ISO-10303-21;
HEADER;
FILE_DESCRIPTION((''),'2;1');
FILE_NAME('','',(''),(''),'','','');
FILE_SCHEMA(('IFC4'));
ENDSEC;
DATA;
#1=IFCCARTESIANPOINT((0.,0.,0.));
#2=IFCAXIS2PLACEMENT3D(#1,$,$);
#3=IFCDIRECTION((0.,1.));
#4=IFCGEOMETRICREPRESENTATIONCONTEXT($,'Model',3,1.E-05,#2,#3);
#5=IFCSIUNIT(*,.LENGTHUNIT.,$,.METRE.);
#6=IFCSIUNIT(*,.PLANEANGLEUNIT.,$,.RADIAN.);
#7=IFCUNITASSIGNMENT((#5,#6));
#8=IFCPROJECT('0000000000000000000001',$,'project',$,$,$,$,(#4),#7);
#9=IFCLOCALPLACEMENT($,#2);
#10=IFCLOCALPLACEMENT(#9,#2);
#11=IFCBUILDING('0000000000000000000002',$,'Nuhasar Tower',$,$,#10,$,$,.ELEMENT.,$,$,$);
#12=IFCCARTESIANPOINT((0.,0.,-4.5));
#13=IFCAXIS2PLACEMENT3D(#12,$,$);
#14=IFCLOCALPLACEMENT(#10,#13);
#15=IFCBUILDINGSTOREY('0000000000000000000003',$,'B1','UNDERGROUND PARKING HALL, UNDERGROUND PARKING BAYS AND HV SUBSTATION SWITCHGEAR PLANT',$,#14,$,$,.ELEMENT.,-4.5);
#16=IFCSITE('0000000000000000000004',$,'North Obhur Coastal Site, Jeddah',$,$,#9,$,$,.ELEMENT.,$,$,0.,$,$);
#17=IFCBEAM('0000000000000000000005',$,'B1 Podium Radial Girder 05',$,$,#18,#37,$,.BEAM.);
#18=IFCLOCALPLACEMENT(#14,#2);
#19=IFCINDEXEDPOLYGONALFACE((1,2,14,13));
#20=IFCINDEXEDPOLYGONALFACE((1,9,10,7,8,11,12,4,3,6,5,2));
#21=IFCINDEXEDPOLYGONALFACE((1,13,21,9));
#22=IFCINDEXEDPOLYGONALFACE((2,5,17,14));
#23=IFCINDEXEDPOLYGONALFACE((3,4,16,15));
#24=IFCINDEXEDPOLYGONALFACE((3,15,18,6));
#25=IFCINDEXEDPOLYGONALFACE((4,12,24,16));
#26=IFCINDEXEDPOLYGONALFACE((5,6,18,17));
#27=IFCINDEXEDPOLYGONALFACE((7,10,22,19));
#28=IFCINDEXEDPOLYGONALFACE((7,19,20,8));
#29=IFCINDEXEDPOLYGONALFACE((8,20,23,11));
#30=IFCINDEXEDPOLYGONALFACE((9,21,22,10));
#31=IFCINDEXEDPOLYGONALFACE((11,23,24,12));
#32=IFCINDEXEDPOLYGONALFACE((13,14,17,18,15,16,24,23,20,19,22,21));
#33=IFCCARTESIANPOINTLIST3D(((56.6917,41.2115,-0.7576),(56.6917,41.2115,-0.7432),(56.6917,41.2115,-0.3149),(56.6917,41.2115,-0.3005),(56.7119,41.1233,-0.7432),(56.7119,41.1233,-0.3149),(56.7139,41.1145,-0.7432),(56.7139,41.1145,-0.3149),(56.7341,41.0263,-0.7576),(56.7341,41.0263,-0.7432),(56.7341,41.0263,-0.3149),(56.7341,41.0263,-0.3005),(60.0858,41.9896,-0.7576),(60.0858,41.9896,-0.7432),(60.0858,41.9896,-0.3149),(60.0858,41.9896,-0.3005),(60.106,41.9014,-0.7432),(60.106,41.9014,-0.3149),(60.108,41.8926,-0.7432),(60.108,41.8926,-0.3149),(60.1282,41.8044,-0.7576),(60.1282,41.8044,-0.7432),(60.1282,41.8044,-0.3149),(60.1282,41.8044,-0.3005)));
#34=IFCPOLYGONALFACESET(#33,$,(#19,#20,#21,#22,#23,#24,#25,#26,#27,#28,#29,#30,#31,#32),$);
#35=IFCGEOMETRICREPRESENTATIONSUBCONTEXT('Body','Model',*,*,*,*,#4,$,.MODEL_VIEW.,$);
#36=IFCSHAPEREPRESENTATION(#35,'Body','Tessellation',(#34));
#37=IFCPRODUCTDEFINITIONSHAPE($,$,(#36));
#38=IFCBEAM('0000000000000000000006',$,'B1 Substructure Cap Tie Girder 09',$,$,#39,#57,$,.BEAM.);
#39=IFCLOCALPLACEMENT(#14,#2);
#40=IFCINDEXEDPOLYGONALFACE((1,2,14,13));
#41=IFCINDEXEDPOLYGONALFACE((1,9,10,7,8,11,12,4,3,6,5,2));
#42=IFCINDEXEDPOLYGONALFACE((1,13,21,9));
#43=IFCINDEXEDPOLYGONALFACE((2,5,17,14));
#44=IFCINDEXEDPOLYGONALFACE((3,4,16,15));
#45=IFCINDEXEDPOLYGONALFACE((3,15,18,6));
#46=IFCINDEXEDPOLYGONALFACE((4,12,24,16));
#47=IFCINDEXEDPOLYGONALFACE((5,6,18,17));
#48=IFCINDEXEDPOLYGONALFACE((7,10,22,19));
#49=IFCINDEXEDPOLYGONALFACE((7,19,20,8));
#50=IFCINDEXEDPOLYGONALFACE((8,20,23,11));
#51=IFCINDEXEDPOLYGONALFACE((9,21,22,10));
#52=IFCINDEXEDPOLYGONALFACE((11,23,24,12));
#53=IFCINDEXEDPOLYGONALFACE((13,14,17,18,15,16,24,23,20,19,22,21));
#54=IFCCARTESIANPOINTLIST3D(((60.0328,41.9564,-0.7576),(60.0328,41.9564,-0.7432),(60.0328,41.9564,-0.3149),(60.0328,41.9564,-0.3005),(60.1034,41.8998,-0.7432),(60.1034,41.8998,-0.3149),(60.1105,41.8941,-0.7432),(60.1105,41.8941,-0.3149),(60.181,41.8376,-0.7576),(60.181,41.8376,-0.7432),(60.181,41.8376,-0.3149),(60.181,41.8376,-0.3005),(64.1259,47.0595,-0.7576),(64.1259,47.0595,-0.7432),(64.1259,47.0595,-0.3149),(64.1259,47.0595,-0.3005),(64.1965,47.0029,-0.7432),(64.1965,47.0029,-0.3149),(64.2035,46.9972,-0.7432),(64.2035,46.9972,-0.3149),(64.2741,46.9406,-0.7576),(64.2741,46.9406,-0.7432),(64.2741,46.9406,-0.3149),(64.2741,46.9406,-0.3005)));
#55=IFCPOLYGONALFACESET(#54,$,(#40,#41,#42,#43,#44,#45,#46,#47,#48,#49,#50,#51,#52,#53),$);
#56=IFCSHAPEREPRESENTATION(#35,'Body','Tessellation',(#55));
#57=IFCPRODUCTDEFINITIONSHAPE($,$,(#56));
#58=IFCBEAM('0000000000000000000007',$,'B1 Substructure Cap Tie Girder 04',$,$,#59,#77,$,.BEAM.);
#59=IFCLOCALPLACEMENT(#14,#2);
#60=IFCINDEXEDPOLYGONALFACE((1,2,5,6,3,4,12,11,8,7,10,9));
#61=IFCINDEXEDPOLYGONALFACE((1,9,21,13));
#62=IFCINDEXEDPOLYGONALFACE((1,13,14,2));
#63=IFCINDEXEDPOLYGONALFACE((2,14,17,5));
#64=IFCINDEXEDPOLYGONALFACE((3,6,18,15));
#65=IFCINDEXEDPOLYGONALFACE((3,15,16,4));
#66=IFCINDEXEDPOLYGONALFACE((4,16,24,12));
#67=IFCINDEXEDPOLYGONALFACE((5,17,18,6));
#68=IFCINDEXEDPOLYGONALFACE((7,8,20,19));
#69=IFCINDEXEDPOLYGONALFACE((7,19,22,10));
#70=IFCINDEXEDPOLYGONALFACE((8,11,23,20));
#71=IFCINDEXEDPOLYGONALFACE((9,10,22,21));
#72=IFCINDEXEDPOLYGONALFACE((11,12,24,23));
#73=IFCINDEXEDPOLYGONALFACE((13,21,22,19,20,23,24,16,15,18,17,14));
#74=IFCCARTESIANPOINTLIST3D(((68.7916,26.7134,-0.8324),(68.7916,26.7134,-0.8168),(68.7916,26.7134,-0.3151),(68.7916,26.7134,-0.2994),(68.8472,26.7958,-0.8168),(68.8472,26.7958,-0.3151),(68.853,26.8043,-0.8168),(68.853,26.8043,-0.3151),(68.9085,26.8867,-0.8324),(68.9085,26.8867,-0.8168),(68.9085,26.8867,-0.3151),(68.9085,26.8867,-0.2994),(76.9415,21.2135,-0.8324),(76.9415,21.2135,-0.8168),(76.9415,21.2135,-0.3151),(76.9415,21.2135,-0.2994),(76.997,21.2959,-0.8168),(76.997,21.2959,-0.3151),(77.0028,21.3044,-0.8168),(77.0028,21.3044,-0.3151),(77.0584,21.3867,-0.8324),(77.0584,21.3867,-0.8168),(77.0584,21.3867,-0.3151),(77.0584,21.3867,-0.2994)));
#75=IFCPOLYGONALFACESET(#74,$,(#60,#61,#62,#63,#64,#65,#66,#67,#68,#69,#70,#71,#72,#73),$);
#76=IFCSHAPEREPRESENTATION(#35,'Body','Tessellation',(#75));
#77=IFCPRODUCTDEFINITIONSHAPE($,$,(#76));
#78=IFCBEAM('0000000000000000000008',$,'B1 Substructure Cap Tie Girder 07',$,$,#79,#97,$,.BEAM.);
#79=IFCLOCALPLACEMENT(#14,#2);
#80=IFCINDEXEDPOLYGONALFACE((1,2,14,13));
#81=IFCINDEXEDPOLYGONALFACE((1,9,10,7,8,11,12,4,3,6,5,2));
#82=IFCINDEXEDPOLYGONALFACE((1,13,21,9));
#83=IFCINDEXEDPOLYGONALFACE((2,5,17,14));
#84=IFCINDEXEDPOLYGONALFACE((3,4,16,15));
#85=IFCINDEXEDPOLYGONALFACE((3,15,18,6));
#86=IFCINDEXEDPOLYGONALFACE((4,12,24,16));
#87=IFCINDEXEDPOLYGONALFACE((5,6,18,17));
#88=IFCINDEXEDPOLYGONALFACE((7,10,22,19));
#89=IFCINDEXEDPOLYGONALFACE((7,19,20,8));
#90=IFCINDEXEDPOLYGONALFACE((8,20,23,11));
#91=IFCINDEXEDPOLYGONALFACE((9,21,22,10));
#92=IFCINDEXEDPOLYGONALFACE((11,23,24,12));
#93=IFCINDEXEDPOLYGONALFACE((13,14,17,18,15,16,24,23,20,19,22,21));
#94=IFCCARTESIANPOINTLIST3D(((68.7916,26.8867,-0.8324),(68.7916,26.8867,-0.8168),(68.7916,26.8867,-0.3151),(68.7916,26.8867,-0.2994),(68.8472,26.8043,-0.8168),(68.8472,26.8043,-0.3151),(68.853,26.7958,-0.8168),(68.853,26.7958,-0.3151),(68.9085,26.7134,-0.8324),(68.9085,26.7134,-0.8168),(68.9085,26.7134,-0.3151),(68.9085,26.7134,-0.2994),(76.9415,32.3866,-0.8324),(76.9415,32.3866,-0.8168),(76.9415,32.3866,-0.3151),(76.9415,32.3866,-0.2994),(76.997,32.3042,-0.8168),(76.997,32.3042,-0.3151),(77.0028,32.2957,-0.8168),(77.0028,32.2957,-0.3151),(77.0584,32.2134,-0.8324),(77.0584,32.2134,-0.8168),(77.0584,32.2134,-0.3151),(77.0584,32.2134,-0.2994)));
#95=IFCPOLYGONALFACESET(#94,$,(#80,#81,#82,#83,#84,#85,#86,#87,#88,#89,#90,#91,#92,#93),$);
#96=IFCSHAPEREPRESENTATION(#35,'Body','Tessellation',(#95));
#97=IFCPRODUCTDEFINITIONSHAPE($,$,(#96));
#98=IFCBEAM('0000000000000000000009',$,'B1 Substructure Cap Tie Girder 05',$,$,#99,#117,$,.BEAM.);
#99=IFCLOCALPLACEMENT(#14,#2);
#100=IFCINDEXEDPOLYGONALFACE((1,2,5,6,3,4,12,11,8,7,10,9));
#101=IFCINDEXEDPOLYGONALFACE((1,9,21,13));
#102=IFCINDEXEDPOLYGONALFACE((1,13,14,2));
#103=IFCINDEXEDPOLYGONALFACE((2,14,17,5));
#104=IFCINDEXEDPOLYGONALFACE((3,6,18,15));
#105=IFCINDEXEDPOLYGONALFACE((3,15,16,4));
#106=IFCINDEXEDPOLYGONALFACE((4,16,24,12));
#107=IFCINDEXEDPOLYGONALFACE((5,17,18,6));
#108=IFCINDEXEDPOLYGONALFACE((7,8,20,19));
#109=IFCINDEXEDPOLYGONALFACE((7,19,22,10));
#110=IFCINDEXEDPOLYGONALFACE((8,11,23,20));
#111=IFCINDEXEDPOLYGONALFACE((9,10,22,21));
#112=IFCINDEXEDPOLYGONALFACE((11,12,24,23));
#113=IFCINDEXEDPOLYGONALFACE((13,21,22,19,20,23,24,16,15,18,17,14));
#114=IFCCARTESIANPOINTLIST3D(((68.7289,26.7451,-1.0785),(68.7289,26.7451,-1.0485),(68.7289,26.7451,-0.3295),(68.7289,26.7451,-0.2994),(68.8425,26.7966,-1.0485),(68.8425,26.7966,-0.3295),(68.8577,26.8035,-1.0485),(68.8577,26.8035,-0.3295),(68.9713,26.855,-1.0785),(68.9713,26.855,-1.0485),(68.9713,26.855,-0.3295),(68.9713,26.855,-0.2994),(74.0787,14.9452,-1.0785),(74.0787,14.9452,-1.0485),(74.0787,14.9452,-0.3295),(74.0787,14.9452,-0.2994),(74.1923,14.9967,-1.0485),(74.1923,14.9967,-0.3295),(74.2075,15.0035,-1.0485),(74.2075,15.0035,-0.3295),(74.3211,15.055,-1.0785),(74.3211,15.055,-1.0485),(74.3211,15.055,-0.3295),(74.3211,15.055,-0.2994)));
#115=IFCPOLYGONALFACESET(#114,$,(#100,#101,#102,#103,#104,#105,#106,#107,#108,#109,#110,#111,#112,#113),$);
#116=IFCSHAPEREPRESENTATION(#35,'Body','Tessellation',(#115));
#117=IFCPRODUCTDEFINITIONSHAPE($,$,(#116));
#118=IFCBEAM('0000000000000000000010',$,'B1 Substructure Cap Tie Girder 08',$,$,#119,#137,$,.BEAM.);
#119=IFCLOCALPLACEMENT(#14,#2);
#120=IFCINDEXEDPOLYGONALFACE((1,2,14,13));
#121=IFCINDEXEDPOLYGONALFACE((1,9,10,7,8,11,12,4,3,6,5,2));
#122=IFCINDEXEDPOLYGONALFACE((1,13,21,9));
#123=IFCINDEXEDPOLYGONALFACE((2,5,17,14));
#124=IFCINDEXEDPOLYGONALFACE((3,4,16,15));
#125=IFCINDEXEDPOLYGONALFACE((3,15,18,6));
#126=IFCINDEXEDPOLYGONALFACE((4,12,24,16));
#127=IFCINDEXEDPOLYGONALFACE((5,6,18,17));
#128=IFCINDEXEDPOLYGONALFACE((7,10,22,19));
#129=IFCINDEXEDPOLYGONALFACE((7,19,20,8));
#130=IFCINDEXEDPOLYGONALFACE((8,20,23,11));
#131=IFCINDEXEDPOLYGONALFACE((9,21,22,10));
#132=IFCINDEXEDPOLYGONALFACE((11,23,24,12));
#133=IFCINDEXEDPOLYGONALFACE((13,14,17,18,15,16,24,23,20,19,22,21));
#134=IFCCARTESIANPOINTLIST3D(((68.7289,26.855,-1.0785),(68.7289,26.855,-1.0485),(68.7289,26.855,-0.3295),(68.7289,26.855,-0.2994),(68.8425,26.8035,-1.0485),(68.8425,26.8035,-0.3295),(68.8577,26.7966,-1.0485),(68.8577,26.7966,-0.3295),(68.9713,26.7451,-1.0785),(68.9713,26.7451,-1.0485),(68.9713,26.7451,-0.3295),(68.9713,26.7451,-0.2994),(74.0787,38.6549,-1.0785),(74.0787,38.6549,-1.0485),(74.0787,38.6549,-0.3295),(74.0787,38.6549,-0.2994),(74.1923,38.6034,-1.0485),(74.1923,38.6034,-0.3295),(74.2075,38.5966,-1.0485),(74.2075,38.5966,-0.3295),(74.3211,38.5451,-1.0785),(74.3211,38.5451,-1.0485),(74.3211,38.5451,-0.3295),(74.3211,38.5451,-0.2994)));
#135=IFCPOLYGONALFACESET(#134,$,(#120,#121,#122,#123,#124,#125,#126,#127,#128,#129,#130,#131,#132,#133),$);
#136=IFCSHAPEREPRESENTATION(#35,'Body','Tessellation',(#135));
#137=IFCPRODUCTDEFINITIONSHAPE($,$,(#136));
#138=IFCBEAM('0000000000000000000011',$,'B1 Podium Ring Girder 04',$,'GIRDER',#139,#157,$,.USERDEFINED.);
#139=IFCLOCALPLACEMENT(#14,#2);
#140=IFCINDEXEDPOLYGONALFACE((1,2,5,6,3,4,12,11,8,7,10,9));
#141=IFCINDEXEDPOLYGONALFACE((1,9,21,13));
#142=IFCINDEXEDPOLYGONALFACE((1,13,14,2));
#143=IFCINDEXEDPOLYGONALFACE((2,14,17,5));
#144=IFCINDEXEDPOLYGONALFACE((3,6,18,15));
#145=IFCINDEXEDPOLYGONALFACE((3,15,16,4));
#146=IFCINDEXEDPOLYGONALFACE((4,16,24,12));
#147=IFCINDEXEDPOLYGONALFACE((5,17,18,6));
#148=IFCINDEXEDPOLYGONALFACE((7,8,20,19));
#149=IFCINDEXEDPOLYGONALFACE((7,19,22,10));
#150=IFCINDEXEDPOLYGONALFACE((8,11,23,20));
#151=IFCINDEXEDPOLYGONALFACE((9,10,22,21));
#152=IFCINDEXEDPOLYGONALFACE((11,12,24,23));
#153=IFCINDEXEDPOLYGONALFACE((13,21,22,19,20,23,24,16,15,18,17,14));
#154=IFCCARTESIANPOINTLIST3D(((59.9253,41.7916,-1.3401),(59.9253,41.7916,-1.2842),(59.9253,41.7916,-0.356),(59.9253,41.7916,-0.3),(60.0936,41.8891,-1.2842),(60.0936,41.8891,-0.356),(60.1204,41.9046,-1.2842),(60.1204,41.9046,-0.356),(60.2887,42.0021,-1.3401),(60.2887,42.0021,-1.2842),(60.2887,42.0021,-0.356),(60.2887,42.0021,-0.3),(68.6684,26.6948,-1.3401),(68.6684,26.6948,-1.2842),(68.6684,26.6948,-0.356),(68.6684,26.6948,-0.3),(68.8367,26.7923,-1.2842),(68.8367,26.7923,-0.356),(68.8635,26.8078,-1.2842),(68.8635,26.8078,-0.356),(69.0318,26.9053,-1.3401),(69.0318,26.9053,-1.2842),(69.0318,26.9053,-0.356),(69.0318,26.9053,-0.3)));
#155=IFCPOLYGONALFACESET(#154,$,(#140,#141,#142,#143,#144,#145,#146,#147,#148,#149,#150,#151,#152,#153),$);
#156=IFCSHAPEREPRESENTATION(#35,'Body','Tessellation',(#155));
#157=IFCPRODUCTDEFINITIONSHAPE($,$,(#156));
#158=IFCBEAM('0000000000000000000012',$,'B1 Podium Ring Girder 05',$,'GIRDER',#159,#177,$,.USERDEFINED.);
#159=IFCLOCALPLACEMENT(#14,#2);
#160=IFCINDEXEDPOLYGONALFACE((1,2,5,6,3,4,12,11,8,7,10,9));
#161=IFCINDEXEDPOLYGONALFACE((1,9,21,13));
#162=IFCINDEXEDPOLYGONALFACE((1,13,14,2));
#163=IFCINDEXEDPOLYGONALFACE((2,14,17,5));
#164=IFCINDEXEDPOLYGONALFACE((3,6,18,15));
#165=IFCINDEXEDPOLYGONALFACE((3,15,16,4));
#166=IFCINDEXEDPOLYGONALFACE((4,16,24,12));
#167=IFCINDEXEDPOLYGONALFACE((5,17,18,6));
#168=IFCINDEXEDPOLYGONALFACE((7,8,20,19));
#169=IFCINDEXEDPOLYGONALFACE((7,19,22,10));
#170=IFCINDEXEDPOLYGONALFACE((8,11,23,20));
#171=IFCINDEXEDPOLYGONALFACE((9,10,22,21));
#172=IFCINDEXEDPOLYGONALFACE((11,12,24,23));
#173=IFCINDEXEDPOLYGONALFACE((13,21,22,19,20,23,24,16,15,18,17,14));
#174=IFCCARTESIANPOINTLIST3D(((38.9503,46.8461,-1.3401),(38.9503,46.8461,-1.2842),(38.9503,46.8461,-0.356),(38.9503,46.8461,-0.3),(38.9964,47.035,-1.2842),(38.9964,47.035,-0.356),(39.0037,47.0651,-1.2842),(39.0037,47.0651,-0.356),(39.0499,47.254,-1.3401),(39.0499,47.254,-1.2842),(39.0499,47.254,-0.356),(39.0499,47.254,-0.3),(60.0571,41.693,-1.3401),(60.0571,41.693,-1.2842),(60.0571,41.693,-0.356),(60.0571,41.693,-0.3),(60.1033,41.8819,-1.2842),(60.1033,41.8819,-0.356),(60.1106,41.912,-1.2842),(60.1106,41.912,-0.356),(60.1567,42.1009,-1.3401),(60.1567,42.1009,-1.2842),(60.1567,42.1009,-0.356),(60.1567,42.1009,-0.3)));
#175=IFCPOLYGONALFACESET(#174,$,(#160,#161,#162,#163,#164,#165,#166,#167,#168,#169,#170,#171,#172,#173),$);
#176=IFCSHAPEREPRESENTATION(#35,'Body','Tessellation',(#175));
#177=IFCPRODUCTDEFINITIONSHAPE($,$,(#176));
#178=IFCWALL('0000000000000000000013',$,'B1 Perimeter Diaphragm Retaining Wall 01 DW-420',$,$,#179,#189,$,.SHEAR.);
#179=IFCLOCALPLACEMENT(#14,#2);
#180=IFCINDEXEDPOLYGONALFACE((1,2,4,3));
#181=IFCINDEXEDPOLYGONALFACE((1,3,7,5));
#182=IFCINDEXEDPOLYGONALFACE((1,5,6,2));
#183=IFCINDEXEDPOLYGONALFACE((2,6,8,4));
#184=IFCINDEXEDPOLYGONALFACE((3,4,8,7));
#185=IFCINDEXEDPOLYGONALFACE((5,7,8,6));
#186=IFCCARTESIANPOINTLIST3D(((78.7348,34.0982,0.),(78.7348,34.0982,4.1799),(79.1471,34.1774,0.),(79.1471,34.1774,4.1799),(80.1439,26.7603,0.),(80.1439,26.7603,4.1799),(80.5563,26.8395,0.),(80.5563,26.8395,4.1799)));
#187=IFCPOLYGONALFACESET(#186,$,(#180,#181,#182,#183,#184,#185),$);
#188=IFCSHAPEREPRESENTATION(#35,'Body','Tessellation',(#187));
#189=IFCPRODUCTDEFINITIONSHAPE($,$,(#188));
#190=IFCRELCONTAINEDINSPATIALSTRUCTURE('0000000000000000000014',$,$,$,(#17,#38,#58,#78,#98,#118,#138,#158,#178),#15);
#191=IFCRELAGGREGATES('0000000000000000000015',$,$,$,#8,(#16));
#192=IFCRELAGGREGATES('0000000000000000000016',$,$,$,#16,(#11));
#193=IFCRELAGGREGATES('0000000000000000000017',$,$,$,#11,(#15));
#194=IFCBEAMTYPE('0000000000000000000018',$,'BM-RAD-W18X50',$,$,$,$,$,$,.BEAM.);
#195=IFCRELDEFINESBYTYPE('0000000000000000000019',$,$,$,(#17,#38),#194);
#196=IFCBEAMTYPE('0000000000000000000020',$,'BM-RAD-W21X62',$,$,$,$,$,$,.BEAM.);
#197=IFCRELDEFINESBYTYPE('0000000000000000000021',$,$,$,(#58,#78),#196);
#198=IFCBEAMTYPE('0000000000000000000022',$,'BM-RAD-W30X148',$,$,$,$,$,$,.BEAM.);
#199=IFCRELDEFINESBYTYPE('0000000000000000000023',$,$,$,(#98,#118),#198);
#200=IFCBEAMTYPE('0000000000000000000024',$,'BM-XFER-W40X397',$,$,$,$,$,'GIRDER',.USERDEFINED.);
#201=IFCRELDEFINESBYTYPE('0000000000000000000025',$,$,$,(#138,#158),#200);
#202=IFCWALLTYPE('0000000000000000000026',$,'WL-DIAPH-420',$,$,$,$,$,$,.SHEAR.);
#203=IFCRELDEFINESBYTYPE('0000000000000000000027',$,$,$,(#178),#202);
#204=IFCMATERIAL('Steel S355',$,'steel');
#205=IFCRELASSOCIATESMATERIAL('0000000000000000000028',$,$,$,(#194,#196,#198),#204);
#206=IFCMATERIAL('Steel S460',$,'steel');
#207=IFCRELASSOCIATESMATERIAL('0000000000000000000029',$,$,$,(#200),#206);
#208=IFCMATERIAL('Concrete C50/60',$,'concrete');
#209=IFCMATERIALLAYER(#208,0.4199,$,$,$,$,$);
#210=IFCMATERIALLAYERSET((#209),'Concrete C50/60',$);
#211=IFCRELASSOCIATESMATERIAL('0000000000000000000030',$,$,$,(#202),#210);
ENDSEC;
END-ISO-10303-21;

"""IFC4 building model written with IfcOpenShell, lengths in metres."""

from ifc_helpers import new_model, si_unit, direction, frame, frame_2d, origin, origin_2d, place, context, subcontext, project, spatial, rectangle, i_section, extrude, material, layer, layer_set, material_profile, profile_set, type_object, element, save


model = new_model("IFC4")

# Units and contexts
model_context = context("Model", 3, precision=1e-05, world=origin(), true_north=direction((0.0, 1.0)))
body_context = subcontext(model_context, "Body", "Model", "MODEL_VIEW")
ifc_project = project(units=[si_unit("LENGTHUNIT", "METRE"), si_unit("PLANEANGLEUNIT", "RADIAN")], contexts=[model_context])

# Site, building, storey
site_placement = place(None, origin())
site = spatial("IfcSite", under=ifc_project, at=site_placement, Name="North Obhur Coastal Site, Jeddah", CompositionType="ELEMENT", RefElevation=0.0)
building_placement = place(site_placement, origin())
building = spatial("IfcBuilding", under=site, at=building_placement, Name="Nuhasar Tower", CompositionType="ELEMENT")
storey_placement = place(building_placement, frame((0.0, 0.0, -4.5)))
storey = spatial("IfcBuildingStorey", under=building, at=storey_placement, Name="B1", Description="UNDERGROUND PARKING HALL, UNDERGROUND PARKING BAYS AND HV SUBSTATION SWITCHGEAR PLANT", CompositionType="ELEMENT", Elevation=-4.5)

# Shared definitions
ifc_material_1 = material(Name="Concrete C50/60", Category="concrete")

# Beams
ifc_material_2 = material(Name="Steel S355", Category="steel")
ifc_material_profile_1 = material_profile(ifc_material_2, i_section(OverallWidth=0.1899, OverallDepth=0.457, WebThickness=0.009, FlangeThickness=0.0144, at=origin_2d()), Name="W18X50")
ifc_profile_set_1 = profile_set([ifc_material_profile_1], Name="Steel S355")
beam_type_1 = type_object("IfcBeamType", Name="BM-RAD-W18X50", PredefinedType="BEAM", material=ifc_profile_set_1)
beam_1_placement = place(storey_placement, frame((56.7129, 41.1189, -0.5291), z_axis=(0.974715, 0.223451, 0.0), x_axis=(-0.223451, 0.974715, 0.0)))
element("IfcBeam", 1, at=beam_1_placement, inside=storey, type_object=beam_type_1, Name="B1 Podium Radial Girder 05", PredefinedType="BEAM", context=body_context, shape_type="SweptSolid", body=[
    extrude(i_section(OverallWidth=0.1899, OverallDepth=0.457, WebThickness=0.009, FlangeThickness=0.0144, at=origin_2d()), origin(), (0.0, 0.0, 1.0), 3.4822),
])
beam_2_placement = place(storey_placement, frame((60.1069, 41.897, -0.5291), z_axis=(0.625682, 0.780078, 0.0), x_axis=(-0.780078, 0.625682, 0.0)))
element("IfcBeam", 2, at=beam_2_placement, inside=storey, type_object=beam_type_1, Name="B1 Substructure Cap Tie Girder 09", PredefinedType="BEAM", context=body_context, shape_type="SweptSolid", body=[
    extrude(i_section(OverallWidth=0.1899, OverallDepth=0.457, WebThickness=0.009, FlangeThickness=0.0144, at=origin_2d()), origin(), (0.0, 0.0, 1.0), 6.5417),
])
ifc_material_profile_2 = material_profile(ifc_material_2, i_section(OverallWidth=0.209, OverallDepth=0.533, WebThickness=0.0103, FlangeThickness=0.0156, at=origin_2d()), Name="W21X62")
ifc_profile_set_2 = profile_set([ifc_material_profile_2], Name="Steel S355")
beam_type_2 = type_object("IfcBeamType", Name="BM-RAD-W21X62", PredefinedType="BEAM", material=ifc_profile_set_2)
for number, where, z_axis, x_axis, name in (
    (3, (68.8501, 26.8, -0.5659), (0.828905, -0.55939, 0.0), (0.55939, 0.828905, 0.0), "B1 Substructure Cap Tie Girder 04"),
    (4, (68.8501, 26.8, -0.5659), (0.828905, 0.55939, 0.0), (-0.55939, 0.828905, 0.0), "B1 Substructure Cap Tie Girder 07"),
):
    element("IfcBeam", number, at=place(storey_placement, frame(where, z_axis=z_axis, x_axis=x_axis)), inside=storey, type_object=beam_type_2, Name=name, PredefinedType="BEAM", context=body_context, shape_type="SweptSolid", body=[
        extrude(i_section(OverallWidth=0.209, OverallDepth=0.533, WebThickness=0.0103, FlangeThickness=0.0156, at=origin_2d()), origin(), (0.0, 0.0, 1.0), 9.832),
    ])
ifc_material_profile_3 = material_profile(ifc_material_2, i_section(OverallWidth=0.2661, OverallDepth=0.7791, WebThickness=0.0166, FlangeThickness=0.03, at=origin_2d()), Name="W30X148")
ifc_profile_set_3 = profile_set([ifc_material_profile_3], Name="Steel S355")
beam_type_3 = type_object("IfcBeamType", Name="BM-RAD-W30X148", PredefinedType="BEAM", material=ifc_profile_set_3)
for number, where, z_axis, x_axis, name in (
    (5, (68.8501, 26.8, -0.689), (0.41292, -0.910767, 0.0), (0.910767, 0.41292, 0.0), "B1 Substructure Cap Tie Girder 05"),
    (6, (68.8501, 26.8, -0.689), (0.41292, 0.910767, 0.0), (-0.910767, 0.41292, 0.0), "B1 Substructure Cap Tie Girder 08"),
):
    element("IfcBeam", number, at=place(storey_placement, frame(where, z_axis=z_axis, x_axis=x_axis)), inside=storey, type_object=beam_type_3, Name=name, PredefinedType="BEAM", context=body_context, shape_type="SweptSolid", body=[
        extrude(i_section(OverallWidth=0.2661, OverallDepth=0.7791, WebThickness=0.0166, FlangeThickness=0.03, at=origin_2d()), origin(), (0.0, 0.0, 1.0), 12.9561),
    ])
ifc_material_3 = material(Name="Steel S460", Category="steel")
ifc_material_profile_4 = material_profile(ifc_material_3, i_section(OverallWidth=0.4199, OverallDepth=1.04, WebThickness=0.031, FlangeThickness=0.0559, at=origin_2d()), Name="W40X397")
ifc_profile_set_4 = profile_set([ifc_material_profile_4], Name="Steel S460")
beam_type_4 = type_object("IfcBeamType", Name="BM-XFER-W40X397", ElementType="GIRDER", PredefinedType="USERDEFINED", material=ifc_profile_set_4)
beam_3_placement = place(storey_placement, frame((68.8501, 26.8, -0.8201), z_axis=(-0.501158, 0.865356, 0.0), x_axis=(-0.865356, -0.501158, 0.0)))
element("IfcBeam", 7, at=beam_3_placement, inside=storey, type_object=beam_type_4, Name="B1 Podium Ring Girder 04", ObjectType="GIRDER", PredefinedType="USERDEFINED", context=body_context, shape_type="SweptSolid", body=[
    extrude(i_section(OverallWidth=0.4199, OverallDepth=1.04, WebThickness=0.031, FlangeThickness=0.0559, at=origin_2d()), origin(), (0.0, 0.0, 1.0), 17.4458),
])
beam_4_placement = place(storey_placement, frame((60.1069, 41.897, -0.8201), z_axis=(-0.971467, 0.237175, 0.0), x_axis=(-0.237175, -0.971467, 0.0)))
element("IfcBeam", 8, at=beam_4_placement, inside=storey, type_object=beam_type_4, Name="B1 Podium Ring Girder 05", ObjectType="GIRDER", PredefinedType="USERDEFINED", context=body_context, shape_type="SweptSolid", body=[
    extrude(i_section(OverallWidth=0.4199, OverallDepth=1.04, WebThickness=0.031, FlangeThickness=0.0559, at=origin_2d()), origin(), (0.0, 0.0, 1.0), 21.7268),
])

# Wall
ifc_layer_1 = layer(ifc_material_1, 0.4199)
ifc_layer_set_1 = layer_set([ifc_layer_1], Name="Concrete C50/60")
wall_type_1 = type_object("IfcWallType", Name="WL-DIAPH-420", PredefinedType="SHEAR", material=ifc_layer_set_1)
wall_1_placement = place(storey_placement, frame((80.3501, 26.8, 0.0), z_axis=(0.0, 0.0, 1.0), x_axis=(-0.188595, 0.982055, 0.0)))
element("IfcWall", 9, at=wall_1_placement, inside=storey, type_object=wall_type_1, Name="B1 Perimeter Diaphragm Retaining Wall 01 DW-420", PredefinedType="SHEAR", context=body_context, shape_type="SweptSolid", body=[
    extrude(rectangle(XDim=7.4719, YDim=0.4199, at=frame_2d((3.7358, 0.0))), origin(), (0.0, 0.0, 1.0), 4.1799),
])

save(model, "model.ifc")
